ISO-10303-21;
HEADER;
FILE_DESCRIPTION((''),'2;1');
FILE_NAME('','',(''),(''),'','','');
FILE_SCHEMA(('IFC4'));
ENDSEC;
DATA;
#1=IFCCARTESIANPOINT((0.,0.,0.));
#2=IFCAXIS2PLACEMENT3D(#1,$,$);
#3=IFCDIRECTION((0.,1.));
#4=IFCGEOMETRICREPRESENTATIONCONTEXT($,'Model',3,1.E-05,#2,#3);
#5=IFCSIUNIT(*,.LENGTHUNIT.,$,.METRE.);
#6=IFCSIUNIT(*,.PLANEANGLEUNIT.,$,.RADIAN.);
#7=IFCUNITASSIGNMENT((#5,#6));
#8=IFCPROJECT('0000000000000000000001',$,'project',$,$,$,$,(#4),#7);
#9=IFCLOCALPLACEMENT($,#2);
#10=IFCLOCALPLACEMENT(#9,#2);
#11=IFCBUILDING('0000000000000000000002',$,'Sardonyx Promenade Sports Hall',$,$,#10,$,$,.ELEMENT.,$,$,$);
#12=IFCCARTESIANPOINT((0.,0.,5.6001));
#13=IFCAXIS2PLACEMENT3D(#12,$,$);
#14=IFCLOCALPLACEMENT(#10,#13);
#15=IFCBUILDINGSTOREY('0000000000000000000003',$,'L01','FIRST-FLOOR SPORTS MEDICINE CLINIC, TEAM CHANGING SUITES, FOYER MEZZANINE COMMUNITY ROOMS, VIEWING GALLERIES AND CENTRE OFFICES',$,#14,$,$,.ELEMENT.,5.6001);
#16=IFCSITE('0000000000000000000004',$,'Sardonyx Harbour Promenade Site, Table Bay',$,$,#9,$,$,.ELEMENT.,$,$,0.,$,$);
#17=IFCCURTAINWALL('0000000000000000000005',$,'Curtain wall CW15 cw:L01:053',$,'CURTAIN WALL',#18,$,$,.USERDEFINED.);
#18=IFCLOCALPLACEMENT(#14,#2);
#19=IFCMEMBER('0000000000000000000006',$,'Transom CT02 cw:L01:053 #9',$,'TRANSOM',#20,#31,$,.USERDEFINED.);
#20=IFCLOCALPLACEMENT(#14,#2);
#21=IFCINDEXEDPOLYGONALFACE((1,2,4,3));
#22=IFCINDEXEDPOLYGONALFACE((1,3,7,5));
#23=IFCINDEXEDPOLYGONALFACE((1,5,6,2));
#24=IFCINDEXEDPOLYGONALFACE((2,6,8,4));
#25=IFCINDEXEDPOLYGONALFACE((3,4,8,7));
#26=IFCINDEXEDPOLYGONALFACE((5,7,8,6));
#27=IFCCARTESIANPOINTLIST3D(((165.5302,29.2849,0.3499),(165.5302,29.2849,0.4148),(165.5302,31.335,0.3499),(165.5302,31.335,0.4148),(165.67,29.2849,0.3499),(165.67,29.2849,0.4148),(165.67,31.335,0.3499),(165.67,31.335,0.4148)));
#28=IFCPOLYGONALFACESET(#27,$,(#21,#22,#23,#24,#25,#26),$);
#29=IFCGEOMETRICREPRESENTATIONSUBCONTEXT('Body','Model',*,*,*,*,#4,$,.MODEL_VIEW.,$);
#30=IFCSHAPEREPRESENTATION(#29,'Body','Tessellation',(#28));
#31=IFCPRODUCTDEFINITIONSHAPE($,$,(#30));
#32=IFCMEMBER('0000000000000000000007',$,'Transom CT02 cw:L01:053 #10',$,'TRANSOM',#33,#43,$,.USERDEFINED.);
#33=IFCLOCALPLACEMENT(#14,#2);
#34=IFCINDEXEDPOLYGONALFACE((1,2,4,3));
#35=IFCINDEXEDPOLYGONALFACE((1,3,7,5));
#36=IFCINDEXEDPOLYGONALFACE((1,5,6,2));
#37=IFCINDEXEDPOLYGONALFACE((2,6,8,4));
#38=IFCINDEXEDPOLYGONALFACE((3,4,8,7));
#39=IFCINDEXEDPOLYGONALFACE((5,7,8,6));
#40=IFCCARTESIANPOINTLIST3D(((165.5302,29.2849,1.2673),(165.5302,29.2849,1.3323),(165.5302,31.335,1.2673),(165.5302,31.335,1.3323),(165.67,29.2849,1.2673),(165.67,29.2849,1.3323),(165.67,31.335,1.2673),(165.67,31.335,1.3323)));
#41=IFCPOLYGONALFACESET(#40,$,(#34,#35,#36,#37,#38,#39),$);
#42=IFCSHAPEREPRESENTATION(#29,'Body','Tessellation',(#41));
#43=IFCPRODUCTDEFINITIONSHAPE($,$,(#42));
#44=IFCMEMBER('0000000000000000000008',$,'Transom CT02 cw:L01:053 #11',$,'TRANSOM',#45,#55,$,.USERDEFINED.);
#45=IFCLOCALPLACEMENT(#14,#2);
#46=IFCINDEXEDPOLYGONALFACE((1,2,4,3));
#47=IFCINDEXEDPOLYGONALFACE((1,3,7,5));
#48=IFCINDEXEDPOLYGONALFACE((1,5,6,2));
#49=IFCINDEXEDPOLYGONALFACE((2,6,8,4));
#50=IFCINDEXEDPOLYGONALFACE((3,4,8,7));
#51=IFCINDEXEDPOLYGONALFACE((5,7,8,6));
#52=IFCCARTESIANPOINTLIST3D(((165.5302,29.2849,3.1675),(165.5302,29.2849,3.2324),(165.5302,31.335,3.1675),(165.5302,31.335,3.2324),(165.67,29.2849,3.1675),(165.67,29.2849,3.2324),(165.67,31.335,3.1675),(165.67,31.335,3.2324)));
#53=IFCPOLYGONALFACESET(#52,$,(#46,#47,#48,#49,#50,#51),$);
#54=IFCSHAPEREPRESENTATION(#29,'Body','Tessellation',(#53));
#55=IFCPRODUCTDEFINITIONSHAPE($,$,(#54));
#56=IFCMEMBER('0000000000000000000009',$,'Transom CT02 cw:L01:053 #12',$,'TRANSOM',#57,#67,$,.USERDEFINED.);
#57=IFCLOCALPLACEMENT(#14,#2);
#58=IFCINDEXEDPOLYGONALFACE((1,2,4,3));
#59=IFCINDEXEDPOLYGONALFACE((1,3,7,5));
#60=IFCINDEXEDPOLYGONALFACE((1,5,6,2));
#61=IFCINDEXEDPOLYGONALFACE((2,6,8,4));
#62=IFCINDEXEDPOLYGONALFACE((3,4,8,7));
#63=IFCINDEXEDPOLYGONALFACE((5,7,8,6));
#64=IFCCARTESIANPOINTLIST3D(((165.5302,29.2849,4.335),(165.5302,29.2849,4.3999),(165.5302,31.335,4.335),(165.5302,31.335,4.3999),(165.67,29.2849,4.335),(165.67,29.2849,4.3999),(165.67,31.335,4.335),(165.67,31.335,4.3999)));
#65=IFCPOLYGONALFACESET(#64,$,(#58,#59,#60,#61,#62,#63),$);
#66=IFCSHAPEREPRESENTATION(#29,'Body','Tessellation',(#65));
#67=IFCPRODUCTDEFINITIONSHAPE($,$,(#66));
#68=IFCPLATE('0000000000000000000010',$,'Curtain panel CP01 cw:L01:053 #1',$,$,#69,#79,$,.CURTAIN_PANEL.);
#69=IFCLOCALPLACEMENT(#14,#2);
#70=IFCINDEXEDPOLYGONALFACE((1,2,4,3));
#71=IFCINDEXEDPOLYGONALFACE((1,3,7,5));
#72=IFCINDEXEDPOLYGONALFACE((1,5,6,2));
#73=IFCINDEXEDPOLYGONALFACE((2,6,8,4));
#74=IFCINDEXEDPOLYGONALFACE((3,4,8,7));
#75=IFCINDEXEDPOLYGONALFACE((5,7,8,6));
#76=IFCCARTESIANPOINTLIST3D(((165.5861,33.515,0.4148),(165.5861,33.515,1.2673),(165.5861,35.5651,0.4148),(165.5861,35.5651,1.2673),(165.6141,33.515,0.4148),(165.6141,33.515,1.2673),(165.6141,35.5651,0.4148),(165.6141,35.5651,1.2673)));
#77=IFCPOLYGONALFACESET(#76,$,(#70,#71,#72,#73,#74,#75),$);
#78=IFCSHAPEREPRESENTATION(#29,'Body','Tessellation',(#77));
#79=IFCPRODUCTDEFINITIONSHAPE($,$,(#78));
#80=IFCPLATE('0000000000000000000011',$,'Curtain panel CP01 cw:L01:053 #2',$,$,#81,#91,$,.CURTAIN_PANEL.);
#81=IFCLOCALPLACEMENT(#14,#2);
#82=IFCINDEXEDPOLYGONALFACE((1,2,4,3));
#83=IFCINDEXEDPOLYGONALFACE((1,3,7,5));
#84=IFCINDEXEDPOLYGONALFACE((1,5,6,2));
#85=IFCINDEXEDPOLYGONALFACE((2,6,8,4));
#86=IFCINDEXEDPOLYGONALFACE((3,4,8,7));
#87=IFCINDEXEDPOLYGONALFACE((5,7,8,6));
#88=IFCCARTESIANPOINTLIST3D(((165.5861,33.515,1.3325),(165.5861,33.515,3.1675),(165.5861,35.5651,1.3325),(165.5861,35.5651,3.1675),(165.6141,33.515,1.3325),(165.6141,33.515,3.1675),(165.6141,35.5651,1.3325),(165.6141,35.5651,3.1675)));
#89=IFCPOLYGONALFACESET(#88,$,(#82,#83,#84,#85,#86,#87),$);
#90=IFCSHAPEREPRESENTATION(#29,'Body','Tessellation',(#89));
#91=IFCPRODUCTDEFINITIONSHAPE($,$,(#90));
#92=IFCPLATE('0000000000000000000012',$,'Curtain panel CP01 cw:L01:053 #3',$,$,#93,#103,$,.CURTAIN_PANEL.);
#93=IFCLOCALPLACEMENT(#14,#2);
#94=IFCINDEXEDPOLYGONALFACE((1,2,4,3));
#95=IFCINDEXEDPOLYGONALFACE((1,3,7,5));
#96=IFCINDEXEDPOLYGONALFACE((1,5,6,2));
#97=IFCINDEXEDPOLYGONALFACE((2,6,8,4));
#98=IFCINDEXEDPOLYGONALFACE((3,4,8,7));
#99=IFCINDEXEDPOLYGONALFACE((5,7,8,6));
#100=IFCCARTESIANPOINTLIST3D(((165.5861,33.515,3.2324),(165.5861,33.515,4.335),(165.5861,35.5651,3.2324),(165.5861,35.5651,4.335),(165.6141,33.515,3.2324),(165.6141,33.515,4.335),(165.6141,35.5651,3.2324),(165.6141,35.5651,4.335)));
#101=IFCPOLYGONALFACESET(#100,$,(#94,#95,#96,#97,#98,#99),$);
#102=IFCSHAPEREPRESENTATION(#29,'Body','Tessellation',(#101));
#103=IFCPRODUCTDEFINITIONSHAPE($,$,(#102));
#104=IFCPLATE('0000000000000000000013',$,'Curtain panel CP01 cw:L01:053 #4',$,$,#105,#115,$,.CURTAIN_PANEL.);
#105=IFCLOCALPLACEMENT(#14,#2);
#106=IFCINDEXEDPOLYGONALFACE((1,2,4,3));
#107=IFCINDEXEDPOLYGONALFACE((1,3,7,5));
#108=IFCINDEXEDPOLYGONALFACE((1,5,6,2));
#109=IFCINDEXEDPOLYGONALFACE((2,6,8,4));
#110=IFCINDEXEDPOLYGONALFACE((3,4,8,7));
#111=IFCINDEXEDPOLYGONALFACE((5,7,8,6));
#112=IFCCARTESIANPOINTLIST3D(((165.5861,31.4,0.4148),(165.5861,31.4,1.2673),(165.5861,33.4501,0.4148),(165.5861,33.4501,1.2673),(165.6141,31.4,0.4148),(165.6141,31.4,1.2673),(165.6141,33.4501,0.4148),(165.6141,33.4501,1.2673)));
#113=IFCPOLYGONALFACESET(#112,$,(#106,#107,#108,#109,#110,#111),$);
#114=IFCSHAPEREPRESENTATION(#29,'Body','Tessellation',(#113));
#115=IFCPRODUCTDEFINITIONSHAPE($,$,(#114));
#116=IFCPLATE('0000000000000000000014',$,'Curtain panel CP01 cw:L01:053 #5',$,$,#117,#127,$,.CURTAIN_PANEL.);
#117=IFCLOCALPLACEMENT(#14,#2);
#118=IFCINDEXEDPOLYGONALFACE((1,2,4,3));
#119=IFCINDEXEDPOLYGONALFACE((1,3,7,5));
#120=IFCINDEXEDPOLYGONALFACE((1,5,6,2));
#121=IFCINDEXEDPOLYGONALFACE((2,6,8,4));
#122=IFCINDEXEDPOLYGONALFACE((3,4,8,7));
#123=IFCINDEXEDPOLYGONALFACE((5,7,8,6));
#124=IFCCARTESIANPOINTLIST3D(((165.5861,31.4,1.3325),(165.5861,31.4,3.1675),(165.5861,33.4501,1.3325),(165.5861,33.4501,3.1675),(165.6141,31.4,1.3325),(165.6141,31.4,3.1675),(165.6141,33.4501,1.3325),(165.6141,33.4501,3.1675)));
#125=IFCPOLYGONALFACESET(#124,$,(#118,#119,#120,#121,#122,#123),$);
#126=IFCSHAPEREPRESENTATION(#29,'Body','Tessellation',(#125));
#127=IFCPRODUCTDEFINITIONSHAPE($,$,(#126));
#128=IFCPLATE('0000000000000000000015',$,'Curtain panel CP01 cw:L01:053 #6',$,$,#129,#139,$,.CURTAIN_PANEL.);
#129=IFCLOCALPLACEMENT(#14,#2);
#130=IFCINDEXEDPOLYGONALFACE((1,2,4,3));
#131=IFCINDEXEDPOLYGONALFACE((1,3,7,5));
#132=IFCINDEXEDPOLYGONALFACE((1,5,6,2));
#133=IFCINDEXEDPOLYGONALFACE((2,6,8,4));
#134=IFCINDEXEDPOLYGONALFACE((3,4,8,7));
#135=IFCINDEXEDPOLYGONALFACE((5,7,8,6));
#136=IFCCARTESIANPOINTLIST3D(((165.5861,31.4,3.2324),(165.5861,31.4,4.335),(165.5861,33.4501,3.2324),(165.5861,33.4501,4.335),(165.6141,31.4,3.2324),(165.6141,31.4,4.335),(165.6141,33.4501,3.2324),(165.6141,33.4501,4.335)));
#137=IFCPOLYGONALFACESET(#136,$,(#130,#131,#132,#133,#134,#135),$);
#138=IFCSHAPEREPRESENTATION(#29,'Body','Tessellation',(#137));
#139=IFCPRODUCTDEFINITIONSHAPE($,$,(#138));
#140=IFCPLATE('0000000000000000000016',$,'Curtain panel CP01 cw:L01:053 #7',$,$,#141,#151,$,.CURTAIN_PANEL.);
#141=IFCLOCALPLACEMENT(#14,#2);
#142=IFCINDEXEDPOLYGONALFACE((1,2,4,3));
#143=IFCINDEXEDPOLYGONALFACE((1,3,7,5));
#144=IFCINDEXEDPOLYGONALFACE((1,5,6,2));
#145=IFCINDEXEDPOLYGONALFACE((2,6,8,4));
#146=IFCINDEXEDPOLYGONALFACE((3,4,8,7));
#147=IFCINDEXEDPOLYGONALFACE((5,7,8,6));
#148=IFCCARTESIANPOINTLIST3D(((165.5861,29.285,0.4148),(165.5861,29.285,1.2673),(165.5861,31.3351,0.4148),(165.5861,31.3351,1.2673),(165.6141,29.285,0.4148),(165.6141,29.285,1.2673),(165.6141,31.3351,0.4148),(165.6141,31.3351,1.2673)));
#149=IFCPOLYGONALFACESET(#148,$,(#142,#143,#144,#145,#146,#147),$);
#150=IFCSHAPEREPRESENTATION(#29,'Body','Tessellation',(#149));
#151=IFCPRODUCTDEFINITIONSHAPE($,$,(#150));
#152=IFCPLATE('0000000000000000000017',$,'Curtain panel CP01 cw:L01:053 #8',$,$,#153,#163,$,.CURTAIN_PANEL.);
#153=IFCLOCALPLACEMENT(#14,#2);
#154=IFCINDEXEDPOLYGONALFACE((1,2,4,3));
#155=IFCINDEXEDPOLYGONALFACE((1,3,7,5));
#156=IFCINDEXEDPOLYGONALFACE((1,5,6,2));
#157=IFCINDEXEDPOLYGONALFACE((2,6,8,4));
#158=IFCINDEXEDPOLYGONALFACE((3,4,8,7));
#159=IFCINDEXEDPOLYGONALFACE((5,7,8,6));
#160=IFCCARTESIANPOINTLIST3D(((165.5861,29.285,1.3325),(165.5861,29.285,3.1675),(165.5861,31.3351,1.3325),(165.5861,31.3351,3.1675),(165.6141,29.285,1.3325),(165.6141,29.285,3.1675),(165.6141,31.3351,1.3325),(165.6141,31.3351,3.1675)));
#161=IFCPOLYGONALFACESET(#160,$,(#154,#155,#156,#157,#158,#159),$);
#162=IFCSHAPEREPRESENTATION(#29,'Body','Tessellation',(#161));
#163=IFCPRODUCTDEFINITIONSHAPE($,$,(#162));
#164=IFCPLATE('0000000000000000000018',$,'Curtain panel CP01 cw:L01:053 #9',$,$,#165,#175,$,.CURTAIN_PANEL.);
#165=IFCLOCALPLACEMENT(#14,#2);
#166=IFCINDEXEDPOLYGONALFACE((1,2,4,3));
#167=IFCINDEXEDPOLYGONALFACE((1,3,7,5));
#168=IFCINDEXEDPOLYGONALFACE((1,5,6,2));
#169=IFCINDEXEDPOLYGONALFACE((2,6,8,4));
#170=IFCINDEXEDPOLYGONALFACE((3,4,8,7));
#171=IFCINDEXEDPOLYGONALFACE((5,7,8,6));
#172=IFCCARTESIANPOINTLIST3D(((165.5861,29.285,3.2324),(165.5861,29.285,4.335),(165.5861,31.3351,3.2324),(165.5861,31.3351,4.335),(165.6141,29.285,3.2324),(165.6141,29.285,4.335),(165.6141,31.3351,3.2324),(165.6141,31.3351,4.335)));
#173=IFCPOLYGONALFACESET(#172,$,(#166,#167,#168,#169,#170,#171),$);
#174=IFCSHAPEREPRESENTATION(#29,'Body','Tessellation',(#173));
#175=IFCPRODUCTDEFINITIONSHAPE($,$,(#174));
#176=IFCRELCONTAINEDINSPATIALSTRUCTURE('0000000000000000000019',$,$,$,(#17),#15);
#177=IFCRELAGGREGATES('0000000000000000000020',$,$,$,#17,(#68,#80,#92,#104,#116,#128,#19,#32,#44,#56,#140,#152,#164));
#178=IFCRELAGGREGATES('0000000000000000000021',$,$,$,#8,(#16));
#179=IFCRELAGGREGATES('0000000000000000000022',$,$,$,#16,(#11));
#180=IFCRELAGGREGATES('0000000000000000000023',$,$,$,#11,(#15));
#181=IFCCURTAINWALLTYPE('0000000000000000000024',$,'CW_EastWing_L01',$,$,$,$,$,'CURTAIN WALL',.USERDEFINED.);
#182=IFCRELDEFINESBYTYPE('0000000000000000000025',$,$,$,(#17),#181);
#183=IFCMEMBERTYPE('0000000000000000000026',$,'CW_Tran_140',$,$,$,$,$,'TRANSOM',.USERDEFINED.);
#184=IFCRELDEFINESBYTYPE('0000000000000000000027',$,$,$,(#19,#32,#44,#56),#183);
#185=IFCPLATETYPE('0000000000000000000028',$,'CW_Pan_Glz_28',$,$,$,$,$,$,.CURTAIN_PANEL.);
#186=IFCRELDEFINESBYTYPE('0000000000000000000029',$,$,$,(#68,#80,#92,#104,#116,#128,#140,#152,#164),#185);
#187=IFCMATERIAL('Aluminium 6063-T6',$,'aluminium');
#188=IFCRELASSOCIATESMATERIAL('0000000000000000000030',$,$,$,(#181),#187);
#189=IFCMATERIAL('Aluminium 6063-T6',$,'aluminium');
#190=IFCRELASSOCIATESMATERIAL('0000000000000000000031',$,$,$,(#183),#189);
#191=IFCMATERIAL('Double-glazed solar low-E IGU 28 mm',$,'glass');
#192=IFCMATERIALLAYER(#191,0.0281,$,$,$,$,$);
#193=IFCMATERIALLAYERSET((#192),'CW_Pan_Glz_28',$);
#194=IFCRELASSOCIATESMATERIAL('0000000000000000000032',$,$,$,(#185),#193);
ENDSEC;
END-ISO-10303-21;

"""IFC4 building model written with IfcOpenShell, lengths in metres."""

from ifc_helpers import new_model, si_unit, direction, frame, origin, origin_2d, place, context, subcontext, project, spatial, rectangle, extrude, material, layer, layer_set, material_profile, profile_set, type_object, element, aggregate, save


model = new_model("IFC4")

# Units and contexts
model_context = context("Model", 3, precision=1e-05, world=origin(), true_north=direction((0.0, 1.0)))
body_context = subcontext(model_context, "Body", "Model", "MODEL_VIEW")
ifc_project = project(units=[si_unit("LENGTHUNIT", "METRE"), si_unit("PLANEANGLEUNIT", "RADIAN")], contexts=[model_context])

# Site, building, storey
site_placement = place(None, origin())
site = spatial("IfcSite", under=ifc_project, at=site_placement, Name="Sardonyx Harbour Promenade Site, Table Bay", CompositionType="ELEMENT", RefElevation=0.0)
building_placement = place(site_placement, origin())
building = spatial("IfcBuilding", under=site, at=building_placement, Name="Sardonyx Promenade Sports Hall", CompositionType="ELEMENT")
storey_placement = place(building_placement, frame((0.0, 0.0, 5.6001)))
storey = spatial("IfcBuildingStorey", under=building, at=storey_placement, Name="L01", Description="FIRST-FLOOR SPORTS MEDICINE CLINIC, TEAM CHANGING SUITES, FOYER MEZZANINE COMMUNITY ROOMS, VIEWING GALLERIES AND CENTRE OFFICES", CompositionType="ELEMENT", Elevation=5.6001)

# Curtain wall, members, plates
ifc_material_1 = material(Name="Aluminium 6063-T6", Category="aluminium")
curtain_wall_type = type_object("IfcCurtainWallType", Name="CW_EastWing_L01", ElementType="CURTAIN WALL", PredefinedType="USERDEFINED", material=ifc_material_1)
curtain_wall_placement = place(storey_placement, origin())
curtain_wall = element("IfcCurtainWall", 1, at=curtain_wall_placement, inside=storey, type_object=curtain_wall_type, Name="Curtain wall CW15 cw:L01:053", ObjectType="CURTAIN WALL", PredefinedType="USERDEFINED")
ifc_material_2 = material(Name="Aluminium 6063-T6", Category="aluminium")
ifc_material_profile_1 = material_profile(ifc_material_2, rectangle(XDim=0.0649, YDim=0.1399, at=origin_2d()))
ifc_profile_set_1 = profile_set([ifc_material_profile_1], Name="Aluminium 6063-T6")
member_type_1 = type_object("IfcMemberType", Name="CW_Tran_140", ElementType="TRANSOM", PredefinedType="USERDEFINED", material=ifc_profile_set_1)
member_1_placement = place(storey_placement, frame((165.6001, 31.335, 0.3823), z_axis=(0.0, -1.0, 0.0), x_axis=(0.0, 0.0, 1.0)))
member_1 = element("IfcMember", 2, at=member_1_placement, type_object=member_type_1, Name="Transom CT02 cw:L01:053 #9", ObjectType="TRANSOM", PredefinedType="USERDEFINED", context=body_context, shape_type="SweptSolid", body=[
    extrude(rectangle(XDim=0.0649, YDim=0.1399, at=origin_2d()), origin(), (0.0, 0.0, 1.0), 2.05),
])
member_2_placement = place(storey_placement, frame((165.6001, 31.335, 1.2998), z_axis=(0.0, -1.0, 0.0), x_axis=(0.0, 0.0, 1.0)))
member_2 = element("IfcMember", 3, at=member_2_placement, type_object=member_type_1, Name="Transom CT02 cw:L01:053 #10", ObjectType="TRANSOM", PredefinedType="USERDEFINED", context=body_context, shape_type="SweptSolid", body=[
    extrude(rectangle(XDim=0.0649, YDim=0.1399, at=origin_2d()), origin(), (0.0, 0.0, 1.0), 2.05),
])
member_3_placement = place(storey_placement, frame((165.6001, 31.335, 3.2), z_axis=(0.0, -1.0, 0.0), x_axis=(0.0, 0.0, 1.0)))
member_3 = element("IfcMember", 4, at=member_3_placement, type_object=member_type_1, Name="Transom CT02 cw:L01:053 #11", ObjectType="TRANSOM", PredefinedType="USERDEFINED", context=body_context, shape_type="SweptSolid", body=[
    extrude(rectangle(XDim=0.0649, YDim=0.1399, at=origin_2d()), origin(), (0.0, 0.0, 1.0), 2.05),
])
member_4_placement = place(storey_placement, frame((165.6001, 31.335, 4.3674), z_axis=(0.0, -1.0, 0.0), x_axis=(0.0, 0.0, 1.0)))
member_4 = element("IfcMember", 5, at=member_4_placement, type_object=member_type_1, Name="Transom CT02 cw:L01:053 #12", ObjectType="TRANSOM", PredefinedType="USERDEFINED", context=body_context, shape_type="SweptSolid", body=[
    extrude(rectangle(XDim=0.0649, YDim=0.1399, at=origin_2d()), origin(), (0.0, 0.0, 1.0), 2.05),
])
ifc_material_3 = material(Name="Double-glazed solar low-E IGU 28 mm", Category="glass")
ifc_layer = layer(ifc_material_3, 0.0281)
ifc_layer_set = layer_set([ifc_layer], Name="CW_Pan_Glz_28")
plate_type = type_object("IfcPlateType", Name="CW_Pan_Glz_28", PredefinedType="CURTAIN_PANEL", material=ifc_layer_set)
plate_1_placement = place(storey_placement, frame((165.6001, 34.54, 0.4148), z_axis=(0.0, 0.0, 1.0), x_axis=(0.0, -1.0, 0.0)))
plate_1 = element("IfcPlate", 6, at=plate_1_placement, type_object=plate_type, Name="Curtain panel CP01 cw:L01:053 #1", PredefinedType="CURTAIN_PANEL", context=body_context, shape_type="SweptSolid", body=[
    extrude(rectangle(XDim=2.05, YDim=0.0281, at=origin_2d()), origin(), (0.0, 0.0, 1.0), 0.8525),
])
plate_2_placement = place(storey_placement, frame((165.6001, 34.54, 1.3325), z_axis=(0.0, 0.0, 1.0), x_axis=(0.0, -1.0, 0.0)))
plate_2 = element("IfcPlate", 7, at=plate_2_placement, type_object=plate_type, Name="Curtain panel CP01 cw:L01:053 #2", PredefinedType="CURTAIN_PANEL", context=body_context, shape_type="SweptSolid", body=[
    extrude(rectangle(XDim=2.05, YDim=0.0281, at=origin_2d()), origin(), (0.0, 0.0, 1.0), 1.835),
])
plate_3_placement = place(storey_placement, frame((165.6001, 34.54, 3.2324), z_axis=(0.0, 0.0, 1.0), x_axis=(0.0, -1.0, 0.0)))
plate_3 = element("IfcPlate", 8, at=plate_3_placement, type_object=plate_type, Name="Curtain panel CP01 cw:L01:053 #3", PredefinedType="CURTAIN_PANEL", context=body_context, shape_type="SweptSolid", body=[
    extrude(rectangle(XDim=2.05, YDim=0.0281, at=origin_2d()), origin(), (0.0, 0.0, 1.0), 1.1025),
])
plate_4_placement = place(storey_placement, frame((165.6001, 32.425, 0.4148), z_axis=(0.0, 0.0, 1.0), x_axis=(0.0, -1.0, 0.0)))
plate_4 = element("IfcPlate", 9, at=plate_4_placement, type_object=plate_type, Name="Curtain panel CP01 cw:L01:053 #4", PredefinedType="CURTAIN_PANEL", context=body_context, shape_type="SweptSolid", body=[
    extrude(rectangle(XDim=2.05, YDim=0.0281, at=origin_2d()), origin(), (0.0, 0.0, 1.0), 0.8525),
])
plate_5_placement = place(storey_placement, frame((165.6001, 32.425, 1.3325), z_axis=(0.0, 0.0, 1.0), x_axis=(0.0, -1.0, 0.0)))
plate_5 = element("IfcPlate", 10, at=plate_5_placement, type_object=plate_type, Name="Curtain panel CP01 cw:L01:053 #5", PredefinedType="CURTAIN_PANEL", context=body_context, shape_type="SweptSolid", body=[
    extrude(rectangle(XDim=2.05, YDim=0.0281, at=origin_2d()), origin(), (0.0, 0.0, 1.0), 1.835),
])
plate_6_placement = place(storey_placement, frame((165.6001, 32.425, 3.2324), z_axis=(0.0, 0.0, 1.0), x_axis=(0.0, -1.0, 0.0)))
plate_6 = element("IfcPlate", 11, at=plate_6_placement, type_object=plate_type, Name="Curtain panel CP01 cw:L01:053 #6", PredefinedType="CURTAIN_PANEL", context=body_context, shape_type="SweptSolid", body=[
    extrude(rectangle(XDim=2.05, YDim=0.0281, at=origin_2d()), origin(), (0.0, 0.0, 1.0), 1.1025),
])
plate_7_placement = place(storey_placement, frame((165.6001, 30.3101, 0.4148), z_axis=(0.0, 0.0, 1.0), x_axis=(0.0, -1.0, 0.0)))
plate_7 = element("IfcPlate", 12, at=plate_7_placement, type_object=plate_type, Name="Curtain panel CP01 cw:L01:053 #7", PredefinedType="CURTAIN_PANEL", context=body_context, shape_type="SweptSolid", body=[
    extrude(rectangle(XDim=2.05, YDim=0.0281, at=origin_2d()), origin(), (0.0, 0.0, 1.0), 0.8525),
])
plate_8_placement = place(storey_placement, frame((165.6001, 30.3101, 1.3325), z_axis=(0.0, 0.0, 1.0), x_axis=(0.0, -1.0, 0.0)))
plate_8 = element("IfcPlate", 13, at=plate_8_placement, type_object=plate_type, Name="Curtain panel CP01 cw:L01:053 #8", PredefinedType="CURTAIN_PANEL", context=body_context, shape_type="SweptSolid", body=[
    extrude(rectangle(XDim=2.05, YDim=0.0281, at=origin_2d()), origin(), (0.0, 0.0, 1.0), 1.835),
])
plate_9_placement = place(storey_placement, frame((165.6001, 30.3101, 3.2324), z_axis=(0.0, 0.0, 1.0), x_axis=(0.0, -1.0, 0.0)))
plate_9 = element("IfcPlate", 14, at=plate_9_placement, type_object=plate_type, Name="Curtain panel CP01 cw:L01:053 #9", PredefinedType="CURTAIN_PANEL", context=body_context, shape_type="SweptSolid", body=[
    extrude(rectangle(XDim=2.05, YDim=0.0281, at=origin_2d()), origin(), (0.0, 0.0, 1.0), 1.1025),
])
aggregate(curtain_wall, [plate_1, plate_2, plate_3, plate_4, plate_5, plate_6, member_1, member_2, member_3, member_4, plate_7, plate_8, plate_9])

save(model, "model.ifc")
